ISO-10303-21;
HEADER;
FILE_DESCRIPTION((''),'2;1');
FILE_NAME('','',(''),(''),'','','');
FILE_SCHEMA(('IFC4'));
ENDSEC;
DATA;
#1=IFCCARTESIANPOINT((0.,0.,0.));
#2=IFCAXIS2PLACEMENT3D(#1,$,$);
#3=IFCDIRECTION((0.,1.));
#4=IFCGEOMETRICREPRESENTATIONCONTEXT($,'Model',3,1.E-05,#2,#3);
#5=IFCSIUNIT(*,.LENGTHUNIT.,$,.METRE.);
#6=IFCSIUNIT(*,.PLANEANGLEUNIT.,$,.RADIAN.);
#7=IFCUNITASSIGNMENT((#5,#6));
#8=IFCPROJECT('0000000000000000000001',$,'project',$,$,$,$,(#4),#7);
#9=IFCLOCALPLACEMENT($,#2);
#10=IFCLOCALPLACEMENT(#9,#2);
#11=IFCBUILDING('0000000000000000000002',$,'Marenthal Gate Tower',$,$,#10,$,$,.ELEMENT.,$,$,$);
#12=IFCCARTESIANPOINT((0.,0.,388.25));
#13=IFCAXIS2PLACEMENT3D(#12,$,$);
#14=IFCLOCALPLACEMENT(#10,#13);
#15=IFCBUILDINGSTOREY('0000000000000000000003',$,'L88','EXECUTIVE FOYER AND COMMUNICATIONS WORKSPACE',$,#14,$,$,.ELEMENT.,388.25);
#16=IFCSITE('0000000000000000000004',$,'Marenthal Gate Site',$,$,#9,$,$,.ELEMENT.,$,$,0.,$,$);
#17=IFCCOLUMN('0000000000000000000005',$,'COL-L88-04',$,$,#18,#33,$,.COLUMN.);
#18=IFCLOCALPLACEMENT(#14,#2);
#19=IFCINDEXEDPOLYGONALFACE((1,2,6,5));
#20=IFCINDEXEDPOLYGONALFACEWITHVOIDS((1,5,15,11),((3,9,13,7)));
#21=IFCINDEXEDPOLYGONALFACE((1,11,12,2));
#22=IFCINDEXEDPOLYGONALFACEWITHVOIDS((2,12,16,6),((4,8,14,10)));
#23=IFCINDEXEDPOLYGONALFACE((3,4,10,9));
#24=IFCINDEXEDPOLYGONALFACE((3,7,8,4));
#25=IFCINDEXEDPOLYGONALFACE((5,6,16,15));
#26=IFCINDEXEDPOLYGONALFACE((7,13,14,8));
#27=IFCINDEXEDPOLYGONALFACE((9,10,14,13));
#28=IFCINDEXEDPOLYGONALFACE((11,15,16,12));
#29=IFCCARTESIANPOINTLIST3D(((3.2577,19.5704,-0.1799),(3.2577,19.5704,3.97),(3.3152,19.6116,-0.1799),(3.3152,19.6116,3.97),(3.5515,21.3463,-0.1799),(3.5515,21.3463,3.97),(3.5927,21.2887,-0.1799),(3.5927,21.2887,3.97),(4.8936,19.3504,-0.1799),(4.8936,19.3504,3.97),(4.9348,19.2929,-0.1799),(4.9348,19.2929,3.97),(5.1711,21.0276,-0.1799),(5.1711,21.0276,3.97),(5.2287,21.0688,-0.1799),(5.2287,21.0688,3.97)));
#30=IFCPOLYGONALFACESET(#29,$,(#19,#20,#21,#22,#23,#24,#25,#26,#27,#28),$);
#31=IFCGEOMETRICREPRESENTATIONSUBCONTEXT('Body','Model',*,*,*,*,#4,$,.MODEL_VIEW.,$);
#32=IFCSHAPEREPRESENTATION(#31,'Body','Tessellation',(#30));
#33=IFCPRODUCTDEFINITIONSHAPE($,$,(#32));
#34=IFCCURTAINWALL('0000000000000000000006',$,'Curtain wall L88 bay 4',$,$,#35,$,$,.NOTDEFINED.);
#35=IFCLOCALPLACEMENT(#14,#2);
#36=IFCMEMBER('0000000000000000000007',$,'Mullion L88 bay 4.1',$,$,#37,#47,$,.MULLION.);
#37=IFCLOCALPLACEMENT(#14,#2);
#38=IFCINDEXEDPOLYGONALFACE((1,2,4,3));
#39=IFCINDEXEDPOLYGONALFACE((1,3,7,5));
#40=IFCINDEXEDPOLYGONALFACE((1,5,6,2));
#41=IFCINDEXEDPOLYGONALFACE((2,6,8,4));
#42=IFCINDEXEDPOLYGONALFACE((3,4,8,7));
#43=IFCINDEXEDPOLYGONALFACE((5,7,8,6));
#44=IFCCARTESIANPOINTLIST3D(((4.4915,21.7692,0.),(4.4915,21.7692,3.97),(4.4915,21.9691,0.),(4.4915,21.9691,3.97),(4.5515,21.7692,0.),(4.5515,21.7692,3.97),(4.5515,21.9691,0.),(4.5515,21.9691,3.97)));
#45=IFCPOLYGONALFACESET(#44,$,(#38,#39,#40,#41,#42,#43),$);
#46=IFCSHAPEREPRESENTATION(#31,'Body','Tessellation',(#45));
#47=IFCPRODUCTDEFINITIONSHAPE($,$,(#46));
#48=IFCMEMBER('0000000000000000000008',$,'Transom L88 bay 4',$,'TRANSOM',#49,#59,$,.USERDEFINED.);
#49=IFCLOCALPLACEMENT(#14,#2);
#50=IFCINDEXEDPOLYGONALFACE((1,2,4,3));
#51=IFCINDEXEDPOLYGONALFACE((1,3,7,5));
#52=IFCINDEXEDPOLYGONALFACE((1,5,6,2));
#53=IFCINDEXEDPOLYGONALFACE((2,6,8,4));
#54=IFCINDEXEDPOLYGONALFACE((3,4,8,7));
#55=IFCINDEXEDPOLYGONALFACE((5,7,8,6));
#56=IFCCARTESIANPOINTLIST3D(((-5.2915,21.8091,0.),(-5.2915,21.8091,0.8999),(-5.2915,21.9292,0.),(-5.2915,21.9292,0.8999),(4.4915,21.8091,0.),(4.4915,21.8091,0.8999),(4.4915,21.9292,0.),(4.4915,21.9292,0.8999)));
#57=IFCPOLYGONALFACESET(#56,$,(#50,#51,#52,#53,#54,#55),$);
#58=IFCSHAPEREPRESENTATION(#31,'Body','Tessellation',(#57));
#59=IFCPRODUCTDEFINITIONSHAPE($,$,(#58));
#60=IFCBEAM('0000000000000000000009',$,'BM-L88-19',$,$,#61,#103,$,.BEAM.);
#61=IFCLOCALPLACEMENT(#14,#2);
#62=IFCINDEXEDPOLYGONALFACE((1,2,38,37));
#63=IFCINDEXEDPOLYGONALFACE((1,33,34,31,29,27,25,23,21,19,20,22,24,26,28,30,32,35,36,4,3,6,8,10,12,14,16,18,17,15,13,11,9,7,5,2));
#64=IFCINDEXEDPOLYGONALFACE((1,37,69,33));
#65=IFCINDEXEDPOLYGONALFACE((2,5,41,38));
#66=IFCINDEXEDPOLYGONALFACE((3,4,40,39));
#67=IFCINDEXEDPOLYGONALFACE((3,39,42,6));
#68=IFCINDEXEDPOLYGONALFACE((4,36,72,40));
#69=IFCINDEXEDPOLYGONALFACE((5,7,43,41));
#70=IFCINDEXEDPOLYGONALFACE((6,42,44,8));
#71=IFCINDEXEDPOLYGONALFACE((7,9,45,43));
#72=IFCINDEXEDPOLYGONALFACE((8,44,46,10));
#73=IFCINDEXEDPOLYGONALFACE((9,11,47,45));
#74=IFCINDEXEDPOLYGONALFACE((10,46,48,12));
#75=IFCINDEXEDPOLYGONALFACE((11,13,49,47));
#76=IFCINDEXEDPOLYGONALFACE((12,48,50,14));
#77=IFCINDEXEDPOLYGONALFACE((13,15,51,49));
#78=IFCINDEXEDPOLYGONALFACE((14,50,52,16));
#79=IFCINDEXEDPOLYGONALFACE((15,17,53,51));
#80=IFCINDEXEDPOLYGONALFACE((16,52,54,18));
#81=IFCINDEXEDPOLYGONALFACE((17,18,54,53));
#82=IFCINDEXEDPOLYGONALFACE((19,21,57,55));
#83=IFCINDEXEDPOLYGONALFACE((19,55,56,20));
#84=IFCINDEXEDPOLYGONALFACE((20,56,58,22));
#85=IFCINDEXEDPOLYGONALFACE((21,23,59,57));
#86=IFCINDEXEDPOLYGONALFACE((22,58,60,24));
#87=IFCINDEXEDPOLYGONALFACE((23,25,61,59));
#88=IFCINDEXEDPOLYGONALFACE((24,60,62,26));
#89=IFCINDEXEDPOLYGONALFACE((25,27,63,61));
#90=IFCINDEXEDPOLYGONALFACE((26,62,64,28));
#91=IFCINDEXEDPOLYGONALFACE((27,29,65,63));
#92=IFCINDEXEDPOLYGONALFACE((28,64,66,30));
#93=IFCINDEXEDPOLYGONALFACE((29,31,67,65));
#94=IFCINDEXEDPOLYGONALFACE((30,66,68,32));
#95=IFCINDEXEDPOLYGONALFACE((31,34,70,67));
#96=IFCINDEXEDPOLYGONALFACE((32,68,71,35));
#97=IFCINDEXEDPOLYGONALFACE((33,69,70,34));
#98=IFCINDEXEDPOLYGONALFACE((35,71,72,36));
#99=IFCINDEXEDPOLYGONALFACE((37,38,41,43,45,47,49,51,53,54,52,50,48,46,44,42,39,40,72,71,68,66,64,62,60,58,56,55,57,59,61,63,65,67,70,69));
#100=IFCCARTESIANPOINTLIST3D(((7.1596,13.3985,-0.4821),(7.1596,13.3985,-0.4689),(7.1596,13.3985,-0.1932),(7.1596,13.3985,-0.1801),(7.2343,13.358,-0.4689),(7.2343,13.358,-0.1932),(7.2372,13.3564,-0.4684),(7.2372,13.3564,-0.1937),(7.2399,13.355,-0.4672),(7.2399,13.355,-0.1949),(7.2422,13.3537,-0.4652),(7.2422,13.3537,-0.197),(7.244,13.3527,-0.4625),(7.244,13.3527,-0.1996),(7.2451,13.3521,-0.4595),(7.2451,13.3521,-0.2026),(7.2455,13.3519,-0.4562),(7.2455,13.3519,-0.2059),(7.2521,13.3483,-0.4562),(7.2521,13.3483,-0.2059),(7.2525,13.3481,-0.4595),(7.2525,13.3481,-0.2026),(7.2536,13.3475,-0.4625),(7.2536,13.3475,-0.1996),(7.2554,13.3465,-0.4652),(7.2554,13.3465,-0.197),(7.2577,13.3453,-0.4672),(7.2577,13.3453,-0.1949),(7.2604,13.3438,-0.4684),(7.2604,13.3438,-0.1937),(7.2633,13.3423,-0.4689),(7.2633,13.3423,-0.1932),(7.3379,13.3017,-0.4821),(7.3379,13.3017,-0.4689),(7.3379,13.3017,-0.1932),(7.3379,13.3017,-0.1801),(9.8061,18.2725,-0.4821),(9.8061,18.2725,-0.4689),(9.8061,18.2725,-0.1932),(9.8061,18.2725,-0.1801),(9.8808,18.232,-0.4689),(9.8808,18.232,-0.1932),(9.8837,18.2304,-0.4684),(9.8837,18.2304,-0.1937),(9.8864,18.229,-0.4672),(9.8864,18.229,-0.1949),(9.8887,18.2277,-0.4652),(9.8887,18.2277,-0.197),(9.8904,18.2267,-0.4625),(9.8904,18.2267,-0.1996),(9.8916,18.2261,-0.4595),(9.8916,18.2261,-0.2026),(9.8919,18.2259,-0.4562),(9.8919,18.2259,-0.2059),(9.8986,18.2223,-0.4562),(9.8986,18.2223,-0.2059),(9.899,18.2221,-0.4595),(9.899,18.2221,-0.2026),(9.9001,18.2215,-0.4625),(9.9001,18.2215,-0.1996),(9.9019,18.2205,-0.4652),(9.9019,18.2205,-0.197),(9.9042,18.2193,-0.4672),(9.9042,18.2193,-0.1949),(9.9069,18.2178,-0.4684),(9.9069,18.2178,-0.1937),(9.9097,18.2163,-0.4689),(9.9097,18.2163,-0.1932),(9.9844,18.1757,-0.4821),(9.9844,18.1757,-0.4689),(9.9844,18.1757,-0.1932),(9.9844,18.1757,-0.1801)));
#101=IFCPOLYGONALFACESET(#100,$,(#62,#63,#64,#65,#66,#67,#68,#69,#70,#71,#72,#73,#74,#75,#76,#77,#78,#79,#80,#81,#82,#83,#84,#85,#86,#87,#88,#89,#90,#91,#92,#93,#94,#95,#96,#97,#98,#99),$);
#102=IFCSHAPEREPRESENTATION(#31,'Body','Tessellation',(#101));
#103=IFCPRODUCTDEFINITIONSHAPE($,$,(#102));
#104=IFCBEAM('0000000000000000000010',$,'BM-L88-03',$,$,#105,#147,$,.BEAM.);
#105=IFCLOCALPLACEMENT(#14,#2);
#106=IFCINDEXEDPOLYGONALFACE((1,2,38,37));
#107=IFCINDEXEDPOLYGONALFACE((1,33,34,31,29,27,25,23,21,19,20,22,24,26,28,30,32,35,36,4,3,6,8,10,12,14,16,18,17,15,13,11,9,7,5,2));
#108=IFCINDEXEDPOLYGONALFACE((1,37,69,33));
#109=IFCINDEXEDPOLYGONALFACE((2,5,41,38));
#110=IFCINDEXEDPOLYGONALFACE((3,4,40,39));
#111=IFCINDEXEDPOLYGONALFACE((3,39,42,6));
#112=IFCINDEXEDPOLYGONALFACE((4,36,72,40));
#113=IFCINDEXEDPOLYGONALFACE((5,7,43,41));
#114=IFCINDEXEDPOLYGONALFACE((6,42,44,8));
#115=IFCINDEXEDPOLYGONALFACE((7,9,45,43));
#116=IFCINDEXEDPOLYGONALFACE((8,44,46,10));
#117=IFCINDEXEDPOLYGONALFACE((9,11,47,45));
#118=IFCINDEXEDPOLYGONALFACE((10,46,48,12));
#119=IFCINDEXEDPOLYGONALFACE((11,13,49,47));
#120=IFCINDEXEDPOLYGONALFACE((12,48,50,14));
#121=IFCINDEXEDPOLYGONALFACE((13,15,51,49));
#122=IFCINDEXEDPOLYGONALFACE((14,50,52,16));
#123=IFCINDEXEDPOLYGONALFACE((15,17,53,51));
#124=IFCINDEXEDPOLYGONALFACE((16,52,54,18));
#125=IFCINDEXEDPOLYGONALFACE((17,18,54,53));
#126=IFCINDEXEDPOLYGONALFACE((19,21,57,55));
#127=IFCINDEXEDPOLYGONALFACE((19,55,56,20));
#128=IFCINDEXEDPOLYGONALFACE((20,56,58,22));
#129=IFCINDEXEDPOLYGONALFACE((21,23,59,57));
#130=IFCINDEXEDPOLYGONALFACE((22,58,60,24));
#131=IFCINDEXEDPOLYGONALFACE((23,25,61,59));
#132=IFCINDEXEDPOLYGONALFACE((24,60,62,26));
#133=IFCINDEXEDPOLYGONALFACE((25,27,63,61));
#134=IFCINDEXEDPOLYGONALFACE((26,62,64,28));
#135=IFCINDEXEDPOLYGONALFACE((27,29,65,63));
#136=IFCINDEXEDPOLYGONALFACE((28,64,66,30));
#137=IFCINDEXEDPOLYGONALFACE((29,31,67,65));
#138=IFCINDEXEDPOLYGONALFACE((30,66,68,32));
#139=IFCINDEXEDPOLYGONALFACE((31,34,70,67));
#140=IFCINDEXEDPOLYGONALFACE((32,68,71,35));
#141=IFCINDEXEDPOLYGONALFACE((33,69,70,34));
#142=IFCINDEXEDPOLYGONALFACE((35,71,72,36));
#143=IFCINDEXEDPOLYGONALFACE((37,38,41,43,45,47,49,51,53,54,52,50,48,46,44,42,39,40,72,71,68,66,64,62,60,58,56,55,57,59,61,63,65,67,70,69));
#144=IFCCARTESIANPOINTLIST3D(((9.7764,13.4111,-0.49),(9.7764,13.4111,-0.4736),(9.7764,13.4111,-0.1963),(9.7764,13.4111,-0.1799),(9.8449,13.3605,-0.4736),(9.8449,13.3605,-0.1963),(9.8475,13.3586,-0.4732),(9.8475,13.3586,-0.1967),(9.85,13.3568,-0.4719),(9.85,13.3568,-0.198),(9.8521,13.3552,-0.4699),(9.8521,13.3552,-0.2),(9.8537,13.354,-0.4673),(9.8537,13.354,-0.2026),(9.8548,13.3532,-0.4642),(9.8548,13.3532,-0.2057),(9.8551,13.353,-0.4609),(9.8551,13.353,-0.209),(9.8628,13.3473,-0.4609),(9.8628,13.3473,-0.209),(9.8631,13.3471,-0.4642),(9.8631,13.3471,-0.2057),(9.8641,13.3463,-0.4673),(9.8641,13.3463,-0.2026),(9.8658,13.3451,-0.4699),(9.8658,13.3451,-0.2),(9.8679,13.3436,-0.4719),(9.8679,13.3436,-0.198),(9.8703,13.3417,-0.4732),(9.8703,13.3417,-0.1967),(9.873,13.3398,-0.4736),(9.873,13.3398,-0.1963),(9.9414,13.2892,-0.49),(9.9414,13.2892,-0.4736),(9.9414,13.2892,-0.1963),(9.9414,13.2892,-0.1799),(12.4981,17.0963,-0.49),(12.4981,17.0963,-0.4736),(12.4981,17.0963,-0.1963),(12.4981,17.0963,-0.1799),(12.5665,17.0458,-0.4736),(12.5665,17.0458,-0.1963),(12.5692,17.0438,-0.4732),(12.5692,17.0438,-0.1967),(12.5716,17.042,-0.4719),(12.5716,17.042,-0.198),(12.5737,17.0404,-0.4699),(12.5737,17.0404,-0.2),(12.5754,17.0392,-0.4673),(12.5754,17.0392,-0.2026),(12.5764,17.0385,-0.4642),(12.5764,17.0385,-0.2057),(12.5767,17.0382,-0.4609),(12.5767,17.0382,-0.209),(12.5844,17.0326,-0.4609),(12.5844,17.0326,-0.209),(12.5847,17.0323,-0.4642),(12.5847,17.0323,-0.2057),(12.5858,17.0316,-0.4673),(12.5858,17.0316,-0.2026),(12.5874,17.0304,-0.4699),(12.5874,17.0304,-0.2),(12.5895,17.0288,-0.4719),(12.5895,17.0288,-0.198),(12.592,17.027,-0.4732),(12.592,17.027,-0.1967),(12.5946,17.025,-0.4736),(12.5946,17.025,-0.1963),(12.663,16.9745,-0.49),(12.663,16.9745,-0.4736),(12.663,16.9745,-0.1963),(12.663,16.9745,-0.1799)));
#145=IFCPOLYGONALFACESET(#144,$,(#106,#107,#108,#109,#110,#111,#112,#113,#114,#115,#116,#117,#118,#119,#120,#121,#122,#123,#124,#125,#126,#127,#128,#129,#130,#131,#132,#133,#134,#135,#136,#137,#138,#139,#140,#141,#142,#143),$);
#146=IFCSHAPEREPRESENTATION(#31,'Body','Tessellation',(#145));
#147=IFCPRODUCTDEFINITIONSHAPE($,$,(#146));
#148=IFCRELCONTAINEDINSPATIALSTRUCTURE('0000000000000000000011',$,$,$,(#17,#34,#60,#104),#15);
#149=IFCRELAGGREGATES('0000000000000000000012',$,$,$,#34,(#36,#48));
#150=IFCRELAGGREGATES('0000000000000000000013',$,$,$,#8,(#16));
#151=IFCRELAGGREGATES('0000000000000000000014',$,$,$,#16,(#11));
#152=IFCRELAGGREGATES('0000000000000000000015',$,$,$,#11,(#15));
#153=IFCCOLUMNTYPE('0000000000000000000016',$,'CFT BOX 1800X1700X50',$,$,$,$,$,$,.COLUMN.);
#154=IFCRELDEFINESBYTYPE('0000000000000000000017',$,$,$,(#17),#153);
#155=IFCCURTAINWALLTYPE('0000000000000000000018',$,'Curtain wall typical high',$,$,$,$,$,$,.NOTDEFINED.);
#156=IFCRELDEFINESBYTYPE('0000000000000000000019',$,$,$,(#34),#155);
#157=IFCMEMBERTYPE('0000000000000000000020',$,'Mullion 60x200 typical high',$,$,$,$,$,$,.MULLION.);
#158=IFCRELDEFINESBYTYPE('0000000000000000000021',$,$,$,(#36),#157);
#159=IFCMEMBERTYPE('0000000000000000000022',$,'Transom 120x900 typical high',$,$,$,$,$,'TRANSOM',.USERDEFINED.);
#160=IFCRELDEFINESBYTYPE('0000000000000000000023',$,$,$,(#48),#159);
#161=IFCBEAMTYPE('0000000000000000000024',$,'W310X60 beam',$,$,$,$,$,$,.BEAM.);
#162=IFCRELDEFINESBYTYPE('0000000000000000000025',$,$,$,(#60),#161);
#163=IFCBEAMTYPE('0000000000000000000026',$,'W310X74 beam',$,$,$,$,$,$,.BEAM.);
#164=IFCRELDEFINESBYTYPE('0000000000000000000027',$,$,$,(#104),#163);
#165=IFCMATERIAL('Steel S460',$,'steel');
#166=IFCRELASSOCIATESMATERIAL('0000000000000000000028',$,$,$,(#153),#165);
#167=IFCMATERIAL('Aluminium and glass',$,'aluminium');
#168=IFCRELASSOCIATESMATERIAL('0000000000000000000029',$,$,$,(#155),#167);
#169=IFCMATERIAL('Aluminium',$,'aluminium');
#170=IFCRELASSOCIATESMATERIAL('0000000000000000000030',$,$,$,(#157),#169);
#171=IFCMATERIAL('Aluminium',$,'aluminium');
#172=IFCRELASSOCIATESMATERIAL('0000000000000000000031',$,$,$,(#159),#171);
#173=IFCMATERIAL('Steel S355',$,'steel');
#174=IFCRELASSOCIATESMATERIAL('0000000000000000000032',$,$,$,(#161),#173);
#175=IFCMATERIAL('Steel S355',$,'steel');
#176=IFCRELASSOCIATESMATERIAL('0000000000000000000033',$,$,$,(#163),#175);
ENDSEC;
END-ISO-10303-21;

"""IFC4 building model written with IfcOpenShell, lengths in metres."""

from ifc_helpers import new_model, si_unit, direction, frame, origin, origin_2d, place, context, subcontext, project, spatial, rectangle, hollow_rectangle, i_section, extrude, material, material_profile, profile_set, type_object, element, aggregate, save


model = new_model("IFC4")

# Units and contexts
model_context = context("Model", 3, precision=1e-05, world=origin(), true_north=direction((0.0, 1.0)))
body_context = subcontext(model_context, "Body", "Model", "MODEL_VIEW")
ifc_project = project(units=[si_unit("LENGTHUNIT", "METRE"), si_unit("PLANEANGLEUNIT", "RADIAN")], contexts=[model_context])

# Site, building, storey
site_placement = place(None, origin())
site = spatial("IfcSite", under=ifc_project, at=site_placement, Name="Marenthal Gate Site", CompositionType="ELEMENT", RefElevation=0.0)
building_placement = place(site_placement, origin())
building = spatial("IfcBuilding", under=site, at=building_placement, Name="Marenthal Gate Tower", CompositionType="ELEMENT")
storey_placement = place(building_placement, frame((0.0, 0.0, 388.25)))
storey = spatial("IfcBuildingStorey", under=building, at=storey_placement, Name="L88", Description="EXECUTIVE FOYER AND COMMUNICATIONS WORKSPACE", CompositionType="ELEMENT", Elevation=388.25)

# Column
ifc_material_1 = material(Name="Steel S460", Category="steel")
ifc_material_profile_1 = material_profile(ifc_material_1, hollow_rectangle(XDim=1.7, YDim=1.8, WallThickness=0.05, at=origin_2d()), Name="CFT BOX 1800X1700X50")
ifc_material_2 = material(Name="Concrete 70 MPa", Category="concrete")
ifc_material_profile_2 = material_profile(ifc_material_2, rectangle(XDim=1.6001, YDim=1.7, at=origin_2d()), Name="CFT BOX 1800X1700X50 INFILL")
ifc_profile_set_1 = profile_set([ifc_material_profile_1, ifc_material_profile_2], Name="Steel S460 shell, Concrete 70 MPa infill")
column_type = type_object("IfcColumnType", Name="CFT BOX 1800X1700X50", PredefinedType="COLUMN", material=ifc_profile_set_1)
column_placement = place(storey_placement, frame((4.2432, 20.3196, -0.1799), z_axis=(0.0, 0.0, 1.0), x_axis=(0.986583, -0.163262, 0.0)))
element("IfcColumn", 1, at=column_placement, inside=storey, type_object=column_type, Name="COL-L88-04", PredefinedType="COLUMN", context=body_context, shape_type="SweptSolid", body=[
    extrude(hollow_rectangle(XDim=1.7, YDim=1.8, WallThickness=0.05, at=origin_2d()), origin(), (0.0, 0.0, 1.0), 4.1499),
])

# Curtain wall, members
ifc_material_3 = material(Name="Aluminium and glass", Category="aluminium")
curtain_wall_type = type_object("IfcCurtainWallType", Name="Curtain wall typical high", PredefinedType="NOTDEFINED", material=ifc_material_3)
curtain_wall_placement = place(storey_placement, origin())
curtain_wall = element("IfcCurtainWall", 2, at=curtain_wall_placement, inside=storey, type_object=curtain_wall_type, Name="Curtain wall L88 bay 4", PredefinedType="NOTDEFINED")
ifc_material_4 = material(Name="Aluminium", Category="aluminium")
ifc_material_profile_3 = material_profile(ifc_material_4, rectangle(XDim=0.2, YDim=0.0601, at=origin_2d()), Name="60x200 aluminium mullion")
ifc_profile_set_2 = profile_set([ifc_material_profile_3], Name="Aluminium")
member_type_1 = type_object("IfcMemberType", Name="Mullion 60x200 typical high", PredefinedType="MULLION", material=ifc_profile_set_2)
member_1_placement = place(storey_placement, frame((4.5215, 21.8691, 0.0), z_axis=(0.0, 0.0, 1.0), x_axis=(0.0, -1.0, 0.0)))
member_1 = element("IfcMember", 3, at=member_1_placement, type_object=member_type_1, Name="Mullion L88 bay 4.1", PredefinedType="MULLION", context=body_context, shape_type="SweptSolid", body=[
    extrude(rectangle(XDim=0.2, YDim=0.0601, at=origin_2d()), origin(), (0.0, 0.0, 1.0), 3.97),
])
ifc_material_5 = material(Name="Aluminium", Category="aluminium")
ifc_material_profile_4 = material_profile(ifc_material_5, rectangle(XDim=0.1201, YDim=0.8999, at=origin_2d()), Name="120x900 aluminium transom")
ifc_profile_set_3 = profile_set([ifc_material_profile_4], Name="Aluminium")
member_type_2 = type_object("IfcMemberType", Name="Transom 120x900 typical high", ElementType="TRANSOM", PredefinedType="USERDEFINED", material=ifc_profile_set_3)
member_2_placement = place(storey_placement, frame((4.4915, 21.8691, 0.45), z_axis=(-1.0, 0.0, 0.0), x_axis=(0.0, -1.0, 0.0)))
member_2 = element("IfcMember", 4, at=member_2_placement, type_object=member_type_2, Name="Transom L88 bay 4", ObjectType="TRANSOM", PredefinedType="USERDEFINED", context=body_context, shape_type="SweptSolid", body=[
    extrude(rectangle(XDim=0.1201, YDim=0.8999, at=origin_2d()), origin(), (0.0, 0.0, 1.0), 9.783),
])

# Beams
ifc_material_6 = material(Name="Steel S355", Category="steel")
ifc_material_profile_5 = material_profile(ifc_material_6, i_section(OverallWidth=0.2029, OverallDepth=0.302, WebThickness=0.0076, FlangeThickness=0.0132, FilletRadius=0.0127, at=origin_2d()), Name="W310X60")
ifc_profile_set_4 = profile_set([ifc_material_profile_5], Name="Steel S355")
beam_type_1 = type_object("IfcBeamType", Name="W310X60 beam", PredefinedType="BEAM", material=ifc_profile_set_4)
beam_1_placement = place(storey_placement, frame((9.8953, 18.2241, -0.3311), z_axis=(-0.477173, -0.878809, 0.0), x_axis=(0.878809, -0.477173, 0.0)))
element("IfcBeam", 5, at=beam_1_placement, inside=storey, type_object=beam_type_1, Name="BM-L88-19", PredefinedType="BEAM", context=body_context, shape_type="SweptSolid", body=[
    extrude(i_section(OverallWidth=0.2029, OverallDepth=0.302, WebThickness=0.0076, FlangeThickness=0.0132, FilletRadius=0.0127, at=origin_2d()), origin(), (0.0, 0.0, 1.0), 5.5461),
])
ifc_material_7 = material(Name="Steel S355", Category="steel")
ifc_material_profile_6 = material_profile(ifc_material_7, i_section(OverallWidth=0.2051, OverallDepth=0.3101, WebThickness=0.0095, FlangeThickness=0.0164, FilletRadius=0.0127, at=origin_2d()), Name="W310X74")
ifc_profile_set_5 = profile_set([ifc_material_profile_6], Name="Steel S355")
beam_type_2 = type_object("IfcBeamType", Name="W310X74 beam", PredefinedType="BEAM", material=ifc_profile_set_5)
beam_2_placement = place(storey_placement, frame((12.5806, 17.0354, -0.335), z_axis=(-0.594075, -0.80441, 0.0), x_axis=(0.80441, -0.594075, 0.0)))
element("IfcBeam", 6, at=beam_2_placement, inside=storey, type_object=beam_type_2, Name="BM-L88-03", PredefinedType="BEAM", context=body_context, shape_type="SweptSolid", body=[
    extrude(i_section(OverallWidth=0.2051, OverallDepth=0.3101, WebThickness=0.0095, FlangeThickness=0.0164, FilletRadius=0.0127, at=origin_2d()), origin(), (0.0, 0.0, 1.0), 4.5813),
])

aggregate(curtain_wall, [member_1, member_2])

save(model, "model.ifc")
